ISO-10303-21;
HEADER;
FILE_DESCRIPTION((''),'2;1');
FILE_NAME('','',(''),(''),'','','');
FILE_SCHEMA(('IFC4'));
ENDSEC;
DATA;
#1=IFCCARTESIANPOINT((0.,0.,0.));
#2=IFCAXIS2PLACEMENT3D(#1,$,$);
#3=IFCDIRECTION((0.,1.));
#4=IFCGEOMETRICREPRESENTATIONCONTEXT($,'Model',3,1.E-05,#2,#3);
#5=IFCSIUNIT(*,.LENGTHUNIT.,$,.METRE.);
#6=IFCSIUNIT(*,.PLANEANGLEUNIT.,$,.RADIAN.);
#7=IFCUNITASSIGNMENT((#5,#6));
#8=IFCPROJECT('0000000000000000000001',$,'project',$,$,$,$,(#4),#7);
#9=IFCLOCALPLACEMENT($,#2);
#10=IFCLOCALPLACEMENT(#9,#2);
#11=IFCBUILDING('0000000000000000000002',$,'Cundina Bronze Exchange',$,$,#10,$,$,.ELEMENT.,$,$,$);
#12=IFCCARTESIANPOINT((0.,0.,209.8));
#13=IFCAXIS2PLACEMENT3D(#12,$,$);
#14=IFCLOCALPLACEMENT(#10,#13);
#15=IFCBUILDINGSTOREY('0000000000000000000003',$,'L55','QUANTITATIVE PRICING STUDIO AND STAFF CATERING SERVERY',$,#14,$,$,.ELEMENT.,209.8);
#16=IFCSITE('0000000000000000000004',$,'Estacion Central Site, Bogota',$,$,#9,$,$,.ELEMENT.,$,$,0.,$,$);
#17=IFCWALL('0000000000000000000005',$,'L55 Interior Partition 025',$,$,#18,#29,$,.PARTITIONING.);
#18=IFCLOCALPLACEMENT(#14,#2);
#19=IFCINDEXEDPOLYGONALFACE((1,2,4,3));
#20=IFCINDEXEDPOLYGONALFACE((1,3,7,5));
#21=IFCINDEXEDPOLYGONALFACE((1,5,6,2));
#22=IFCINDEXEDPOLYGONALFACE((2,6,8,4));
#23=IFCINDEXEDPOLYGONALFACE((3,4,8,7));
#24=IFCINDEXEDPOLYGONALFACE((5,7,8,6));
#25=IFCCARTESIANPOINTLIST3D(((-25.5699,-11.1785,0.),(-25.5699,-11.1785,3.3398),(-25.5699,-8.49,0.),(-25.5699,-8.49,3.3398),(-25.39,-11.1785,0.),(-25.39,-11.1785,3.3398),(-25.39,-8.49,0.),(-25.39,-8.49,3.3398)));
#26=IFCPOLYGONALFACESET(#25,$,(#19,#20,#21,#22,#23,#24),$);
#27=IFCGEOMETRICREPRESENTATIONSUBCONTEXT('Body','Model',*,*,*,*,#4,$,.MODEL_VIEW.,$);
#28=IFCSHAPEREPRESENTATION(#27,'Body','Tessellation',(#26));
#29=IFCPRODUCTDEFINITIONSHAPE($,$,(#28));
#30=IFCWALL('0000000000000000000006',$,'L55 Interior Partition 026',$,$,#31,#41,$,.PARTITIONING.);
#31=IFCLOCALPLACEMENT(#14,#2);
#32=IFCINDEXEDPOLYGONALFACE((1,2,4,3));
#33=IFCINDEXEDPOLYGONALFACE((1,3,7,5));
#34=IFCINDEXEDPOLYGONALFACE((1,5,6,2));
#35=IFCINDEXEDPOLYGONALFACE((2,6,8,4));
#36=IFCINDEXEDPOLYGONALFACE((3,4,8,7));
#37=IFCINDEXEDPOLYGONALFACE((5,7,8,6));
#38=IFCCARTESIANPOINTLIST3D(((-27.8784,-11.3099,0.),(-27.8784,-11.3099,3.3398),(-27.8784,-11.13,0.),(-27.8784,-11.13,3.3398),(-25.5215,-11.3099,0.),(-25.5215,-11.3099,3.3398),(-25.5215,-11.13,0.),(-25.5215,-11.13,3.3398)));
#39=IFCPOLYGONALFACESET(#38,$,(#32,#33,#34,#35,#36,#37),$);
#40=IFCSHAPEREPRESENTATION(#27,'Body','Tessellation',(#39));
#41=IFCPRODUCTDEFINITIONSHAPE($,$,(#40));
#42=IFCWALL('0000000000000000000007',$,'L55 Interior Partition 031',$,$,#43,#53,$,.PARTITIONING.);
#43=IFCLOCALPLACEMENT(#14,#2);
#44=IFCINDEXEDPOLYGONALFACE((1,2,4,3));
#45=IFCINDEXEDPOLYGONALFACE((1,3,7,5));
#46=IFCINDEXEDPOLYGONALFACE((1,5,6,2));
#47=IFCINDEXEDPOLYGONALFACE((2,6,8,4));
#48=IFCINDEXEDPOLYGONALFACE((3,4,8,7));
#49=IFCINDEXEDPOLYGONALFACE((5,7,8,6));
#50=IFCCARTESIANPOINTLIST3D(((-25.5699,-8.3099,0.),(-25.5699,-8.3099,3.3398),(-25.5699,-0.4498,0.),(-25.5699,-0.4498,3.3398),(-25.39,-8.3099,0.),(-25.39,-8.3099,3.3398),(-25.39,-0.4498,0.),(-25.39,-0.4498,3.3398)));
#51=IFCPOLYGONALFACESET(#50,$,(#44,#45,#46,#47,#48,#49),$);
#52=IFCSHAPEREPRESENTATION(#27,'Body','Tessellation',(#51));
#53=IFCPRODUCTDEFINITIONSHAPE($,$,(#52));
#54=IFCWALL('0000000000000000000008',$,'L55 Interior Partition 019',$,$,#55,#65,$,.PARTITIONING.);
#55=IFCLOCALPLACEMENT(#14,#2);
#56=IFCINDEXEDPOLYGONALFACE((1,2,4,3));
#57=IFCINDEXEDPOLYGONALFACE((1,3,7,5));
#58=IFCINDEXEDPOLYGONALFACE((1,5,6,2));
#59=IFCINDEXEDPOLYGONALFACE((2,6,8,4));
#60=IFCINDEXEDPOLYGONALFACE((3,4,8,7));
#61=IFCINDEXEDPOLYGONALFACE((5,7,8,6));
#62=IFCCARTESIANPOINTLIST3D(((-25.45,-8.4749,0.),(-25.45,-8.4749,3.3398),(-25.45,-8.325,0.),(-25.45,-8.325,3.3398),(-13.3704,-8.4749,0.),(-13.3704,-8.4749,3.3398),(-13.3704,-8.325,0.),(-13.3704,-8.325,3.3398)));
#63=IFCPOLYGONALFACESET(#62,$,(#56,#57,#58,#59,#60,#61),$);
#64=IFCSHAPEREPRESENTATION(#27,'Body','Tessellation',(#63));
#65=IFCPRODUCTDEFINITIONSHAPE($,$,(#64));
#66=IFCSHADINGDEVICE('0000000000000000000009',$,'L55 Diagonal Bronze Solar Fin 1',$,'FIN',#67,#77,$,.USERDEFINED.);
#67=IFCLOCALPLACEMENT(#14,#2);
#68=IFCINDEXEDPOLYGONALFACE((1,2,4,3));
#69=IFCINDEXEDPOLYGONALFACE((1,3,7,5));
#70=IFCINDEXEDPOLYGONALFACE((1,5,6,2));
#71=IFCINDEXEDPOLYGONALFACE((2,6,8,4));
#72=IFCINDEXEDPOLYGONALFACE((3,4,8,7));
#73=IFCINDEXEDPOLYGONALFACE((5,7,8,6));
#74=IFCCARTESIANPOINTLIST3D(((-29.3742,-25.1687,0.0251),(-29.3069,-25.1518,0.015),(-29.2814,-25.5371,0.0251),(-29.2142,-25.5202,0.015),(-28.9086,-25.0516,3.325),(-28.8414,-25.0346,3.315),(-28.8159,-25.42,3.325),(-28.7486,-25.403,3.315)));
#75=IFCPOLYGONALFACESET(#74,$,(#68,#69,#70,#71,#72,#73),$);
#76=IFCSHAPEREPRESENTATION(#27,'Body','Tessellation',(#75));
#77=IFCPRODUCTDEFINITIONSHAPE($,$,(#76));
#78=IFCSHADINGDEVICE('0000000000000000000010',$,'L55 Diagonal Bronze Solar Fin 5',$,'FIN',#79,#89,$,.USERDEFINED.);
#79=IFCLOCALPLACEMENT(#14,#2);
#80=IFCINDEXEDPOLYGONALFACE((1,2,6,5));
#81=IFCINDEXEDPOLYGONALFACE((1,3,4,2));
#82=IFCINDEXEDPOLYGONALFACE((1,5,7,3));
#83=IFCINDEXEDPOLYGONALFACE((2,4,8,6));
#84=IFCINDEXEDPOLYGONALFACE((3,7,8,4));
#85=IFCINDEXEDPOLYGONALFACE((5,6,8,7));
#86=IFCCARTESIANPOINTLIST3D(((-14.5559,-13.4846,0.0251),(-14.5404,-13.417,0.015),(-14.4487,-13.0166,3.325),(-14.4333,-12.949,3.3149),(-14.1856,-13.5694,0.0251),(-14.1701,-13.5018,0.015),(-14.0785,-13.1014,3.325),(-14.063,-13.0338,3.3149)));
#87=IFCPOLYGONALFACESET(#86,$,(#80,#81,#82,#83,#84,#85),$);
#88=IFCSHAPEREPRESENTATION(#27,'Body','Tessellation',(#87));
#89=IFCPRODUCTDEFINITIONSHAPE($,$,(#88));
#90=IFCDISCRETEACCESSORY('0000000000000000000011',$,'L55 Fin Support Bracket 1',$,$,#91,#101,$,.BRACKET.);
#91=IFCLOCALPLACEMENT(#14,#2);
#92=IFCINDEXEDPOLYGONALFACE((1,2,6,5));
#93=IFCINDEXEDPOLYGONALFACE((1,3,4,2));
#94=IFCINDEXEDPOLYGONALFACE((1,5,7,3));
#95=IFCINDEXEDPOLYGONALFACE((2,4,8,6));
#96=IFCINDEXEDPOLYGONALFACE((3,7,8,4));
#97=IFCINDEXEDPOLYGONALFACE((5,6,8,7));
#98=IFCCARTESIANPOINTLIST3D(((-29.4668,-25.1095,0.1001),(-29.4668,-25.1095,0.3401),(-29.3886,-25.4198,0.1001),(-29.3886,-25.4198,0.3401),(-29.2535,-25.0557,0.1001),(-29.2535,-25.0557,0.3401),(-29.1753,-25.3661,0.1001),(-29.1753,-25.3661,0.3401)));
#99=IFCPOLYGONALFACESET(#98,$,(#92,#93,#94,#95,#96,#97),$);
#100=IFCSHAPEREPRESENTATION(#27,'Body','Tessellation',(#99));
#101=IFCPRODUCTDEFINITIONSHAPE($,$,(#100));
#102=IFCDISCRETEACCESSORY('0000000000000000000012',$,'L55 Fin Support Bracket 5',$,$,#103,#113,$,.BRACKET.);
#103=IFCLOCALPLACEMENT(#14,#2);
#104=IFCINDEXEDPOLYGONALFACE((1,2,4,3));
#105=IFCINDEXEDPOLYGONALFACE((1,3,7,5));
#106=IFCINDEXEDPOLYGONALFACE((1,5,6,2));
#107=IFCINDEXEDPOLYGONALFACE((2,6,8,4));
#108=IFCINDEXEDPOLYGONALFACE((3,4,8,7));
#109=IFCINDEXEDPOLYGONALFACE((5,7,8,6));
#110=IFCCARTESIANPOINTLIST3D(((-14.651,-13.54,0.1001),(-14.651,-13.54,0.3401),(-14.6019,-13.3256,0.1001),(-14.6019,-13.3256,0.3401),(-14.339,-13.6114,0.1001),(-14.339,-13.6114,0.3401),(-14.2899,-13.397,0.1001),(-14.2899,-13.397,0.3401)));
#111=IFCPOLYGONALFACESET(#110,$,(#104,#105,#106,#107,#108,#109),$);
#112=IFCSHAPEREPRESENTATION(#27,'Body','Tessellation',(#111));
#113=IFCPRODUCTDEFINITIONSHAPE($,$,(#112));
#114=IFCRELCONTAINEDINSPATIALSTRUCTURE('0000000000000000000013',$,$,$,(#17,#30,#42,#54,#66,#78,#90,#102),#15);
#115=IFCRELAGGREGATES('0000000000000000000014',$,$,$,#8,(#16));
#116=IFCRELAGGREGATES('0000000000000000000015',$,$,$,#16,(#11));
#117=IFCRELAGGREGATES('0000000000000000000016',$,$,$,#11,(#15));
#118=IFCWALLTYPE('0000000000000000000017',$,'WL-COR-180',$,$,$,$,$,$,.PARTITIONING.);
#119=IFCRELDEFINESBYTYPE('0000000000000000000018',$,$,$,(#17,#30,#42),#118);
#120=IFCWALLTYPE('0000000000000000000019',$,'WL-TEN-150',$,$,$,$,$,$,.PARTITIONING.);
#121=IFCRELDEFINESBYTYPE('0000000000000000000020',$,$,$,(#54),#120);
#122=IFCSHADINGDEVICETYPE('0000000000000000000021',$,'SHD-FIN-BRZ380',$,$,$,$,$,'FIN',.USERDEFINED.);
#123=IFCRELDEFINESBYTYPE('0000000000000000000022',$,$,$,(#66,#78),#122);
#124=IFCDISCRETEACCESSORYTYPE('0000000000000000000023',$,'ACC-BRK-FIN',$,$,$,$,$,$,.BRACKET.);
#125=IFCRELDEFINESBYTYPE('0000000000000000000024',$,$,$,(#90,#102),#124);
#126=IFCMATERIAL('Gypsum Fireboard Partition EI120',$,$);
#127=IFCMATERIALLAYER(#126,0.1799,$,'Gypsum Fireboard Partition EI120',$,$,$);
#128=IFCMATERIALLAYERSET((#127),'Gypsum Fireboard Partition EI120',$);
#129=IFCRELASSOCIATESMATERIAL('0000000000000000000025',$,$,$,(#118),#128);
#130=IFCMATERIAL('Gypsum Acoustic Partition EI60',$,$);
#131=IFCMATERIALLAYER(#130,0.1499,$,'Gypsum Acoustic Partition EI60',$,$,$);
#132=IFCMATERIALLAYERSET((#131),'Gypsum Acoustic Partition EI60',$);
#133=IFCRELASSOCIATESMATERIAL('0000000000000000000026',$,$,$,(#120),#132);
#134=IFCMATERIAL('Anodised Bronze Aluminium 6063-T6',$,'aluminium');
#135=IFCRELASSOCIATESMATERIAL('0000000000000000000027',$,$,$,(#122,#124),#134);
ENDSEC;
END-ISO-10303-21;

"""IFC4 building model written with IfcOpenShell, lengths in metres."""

from ifc_helpers import new_model, si_unit, direction, frame, frame_2d, origin, origin_2d, place, context, subcontext, project, spatial, rectangle, extrude, material, layer, layer_set, material_profile, profile_set, type_object, element, save


model = new_model("IFC4")

# Units and contexts
model_context = context("Model", 3, precision=1e-05, world=origin(), true_north=direction((0.0, 1.0)))
body_context = subcontext(model_context, "Body", "Model", "MODEL_VIEW")
ifc_project = project(units=[si_unit("LENGTHUNIT", "METRE"), si_unit("PLANEANGLEUNIT", "RADIAN")], contexts=[model_context])

# Site, building, storey
site_placement = place(None, origin())
site = spatial("IfcSite", under=ifc_project, at=site_placement, Name="Estacion Central Site, Bogota", CompositionType="ELEMENT", RefElevation=0.0)
building_placement = place(site_placement, origin())
building = spatial("IfcBuilding", under=site, at=building_placement, Name="Cundina Bronze Exchange", CompositionType="ELEMENT")
storey_placement = place(building_placement, frame((0.0, 0.0, 209.8)))
storey = spatial("IfcBuildingStorey", under=building, at=storey_placement, Name="L55", Description="QUANTITATIVE PRICING STUDIO AND STAFF CATERING SERVERY", CompositionType="ELEMENT", Elevation=209.8)

# Shared definitions
ifc_material_1 = material(Name="Anodised Bronze Aluminium 6063-T6", Category="aluminium")

# Shared definitions
ifc_material_2 = material(Name="Gypsum Fireboard Partition EI120")
ifc_layer_1 = layer(ifc_material_2, 0.1799, Name="Gypsum Fireboard Partition EI120")
ifc_layer_set_1 = layer_set([ifc_layer_1], Name="Gypsum Fireboard Partition EI120")
wall_type_1 = type_object("IfcWallType", Name="WL-COR-180", PredefinedType="PARTITIONING", material=ifc_layer_set_1)

# Walls
wall_1_placement = place(storey_placement, frame((-25.48, -11.1785, 0.0), z_axis=(0.0, 0.0, 1.0), x_axis=(0.0, 1.0, 0.0)))
element("IfcWall", 1, at=wall_1_placement, inside=storey, type_object=wall_type_1, Name="L55 Interior Partition 025", PredefinedType="PARTITIONING", context=body_context, shape_type="SweptSolid", body=[
    extrude(rectangle(XDim=2.6885, YDim=0.1799, at=frame_2d((1.3442, 0.0))), origin(), (0.0, 0.0, 1.0), 3.3398),
])
wall_2_placement = place(storey_placement, frame((-27.8784, -11.22, 0.0), z_axis=(0.0, 0.0, 1.0), x_axis=(1.0, 0.0, 0.0)))
element("IfcWall", 2, at=wall_2_placement, inside=storey, type_object=wall_type_1, Name="L55 Interior Partition 026", PredefinedType="PARTITIONING", context=body_context, shape_type="SweptSolid", body=[
    extrude(rectangle(XDim=2.3569, YDim=0.1799, at=frame_2d((1.1785, 0.0))), origin(), (0.0, 0.0, 1.0), 3.3398),
])
wall_3_placement = place(storey_placement, frame((-25.48, -8.3101, 0.0), z_axis=(0.0, 0.0, 1.0), x_axis=(0.0, 1.0, 0.0)))
element("IfcWall", 3, at=wall_3_placement, inside=storey, type_object=wall_type_1, Name="L55 Interior Partition 031", PredefinedType="PARTITIONING", context=body_context, shape_type="SweptSolid", body=[
    extrude(rectangle(XDim=7.8601, YDim=0.1799, at=frame_2d((3.9302, 0.0))), origin(), (0.0, 0.0, 1.0), 3.3398),
])
ifc_material_3 = material(Name="Gypsum Acoustic Partition EI60")
ifc_layer_2 = layer(ifc_material_3, 0.1499, Name="Gypsum Acoustic Partition EI60")
ifc_layer_set_2 = layer_set([ifc_layer_2], Name="Gypsum Acoustic Partition EI60")
wall_type_2 = type_object("IfcWallType", Name="WL-TEN-150", PredefinedType="PARTITIONING", material=ifc_layer_set_2)
wall_4_placement = place(storey_placement, frame((-25.45, -8.3999, 0.0), z_axis=(0.0, 0.0, 1.0), x_axis=(1.0, 0.0, 0.0)))
element("IfcWall", 4, at=wall_4_placement, inside=storey, type_object=wall_type_2, Name="L55 Interior Partition 019", PredefinedType="PARTITIONING", context=body_context, shape_type="SweptSolid", body=[
    extrude(rectangle(XDim=12.0796, YDim=0.1499, at=frame_2d((6.0398, 0.0))), origin(), (0.0, 0.0, 1.0), 3.3398),
])

# Shading devices
ifc_material_profile_1 = material_profile(ifc_material_1, rectangle(XDim=0.0701, YDim=0.3799, at=origin_2d()), Name="FIN70X380", Category="aluminium")
ifc_profile_set_1 = profile_set([ifc_material_profile_1], Name="Anodised Bronze Aluminium 6063-T6")
shading_device_type = type_object("IfcShadingDeviceType", Name="SHD-FIN-BRZ380", ElementType="FIN", PredefinedType="USERDEFINED", material=ifc_profile_set_1)
for number, where, z_axis, x_axis, name in (
    (5, (-29.2942, -25.3445, 0.02), (0.139612, 0.035141, 0.989583), (-0.95965, -0.241548, 0.143967), "L55 Diagonal Bronze Solar Fin 1"),
    (6, (-14.363, -13.4932, 0.02), (0.032139, 0.140344, 0.989581), (-0.220899, -0.964611, 0.143977), "L55 Diagonal Bronze Solar Fin 5"),
):
    element("IfcShadingDevice", number, at=place(storey_placement, frame(where, z_axis=z_axis, x_axis=x_axis)), inside=storey, type_object=shading_device_type, Name=name, ObjectType="FIN", PredefinedType="USERDEFINED", context=body_context, shape_type="SweptSolid", body=[
        extrude(rectangle(XDim=0.0701, YDim=0.3799, at=origin_2d()), origin(), (0.0, 0.0, 1.0), 3.3347),
    ])

# Discrete accessories
discrete_accessory_type = type_object("IfcDiscreteAccessoryType", Name="ACC-BRK-FIN", PredefinedType="BRACKET", material=ifc_material_1)
for number, where, z_axis, x_axis, name in (
    (7, (-29.321, -25.2378, 0.1001), (0.0, 0.0, 1.0), (0.969732, 0.244174, 0.0), "L55 Fin Support Bracket 1"),
    (8, (-14.4705, -13.4685, 0.1001), (0.0, 0.0, 1.0), (0.223284, 0.974753, 0.0), "L55 Fin Support Bracket 5"),
):
    element("IfcDiscreteAccessory", number, at=place(storey_placement, frame(where, z_axis=z_axis, x_axis=x_axis)), inside=storey, type_object=discrete_accessory_type, Name=name, PredefinedType="BRACKET", context=body_context, shape_type="SweptSolid", body=[
        extrude(rectangle(XDim=0.22, YDim=0.3201, at=origin_2d()), origin(), (0.0, 0.0, 1.0), 0.24),
    ])

save(model, "model.ifc")
